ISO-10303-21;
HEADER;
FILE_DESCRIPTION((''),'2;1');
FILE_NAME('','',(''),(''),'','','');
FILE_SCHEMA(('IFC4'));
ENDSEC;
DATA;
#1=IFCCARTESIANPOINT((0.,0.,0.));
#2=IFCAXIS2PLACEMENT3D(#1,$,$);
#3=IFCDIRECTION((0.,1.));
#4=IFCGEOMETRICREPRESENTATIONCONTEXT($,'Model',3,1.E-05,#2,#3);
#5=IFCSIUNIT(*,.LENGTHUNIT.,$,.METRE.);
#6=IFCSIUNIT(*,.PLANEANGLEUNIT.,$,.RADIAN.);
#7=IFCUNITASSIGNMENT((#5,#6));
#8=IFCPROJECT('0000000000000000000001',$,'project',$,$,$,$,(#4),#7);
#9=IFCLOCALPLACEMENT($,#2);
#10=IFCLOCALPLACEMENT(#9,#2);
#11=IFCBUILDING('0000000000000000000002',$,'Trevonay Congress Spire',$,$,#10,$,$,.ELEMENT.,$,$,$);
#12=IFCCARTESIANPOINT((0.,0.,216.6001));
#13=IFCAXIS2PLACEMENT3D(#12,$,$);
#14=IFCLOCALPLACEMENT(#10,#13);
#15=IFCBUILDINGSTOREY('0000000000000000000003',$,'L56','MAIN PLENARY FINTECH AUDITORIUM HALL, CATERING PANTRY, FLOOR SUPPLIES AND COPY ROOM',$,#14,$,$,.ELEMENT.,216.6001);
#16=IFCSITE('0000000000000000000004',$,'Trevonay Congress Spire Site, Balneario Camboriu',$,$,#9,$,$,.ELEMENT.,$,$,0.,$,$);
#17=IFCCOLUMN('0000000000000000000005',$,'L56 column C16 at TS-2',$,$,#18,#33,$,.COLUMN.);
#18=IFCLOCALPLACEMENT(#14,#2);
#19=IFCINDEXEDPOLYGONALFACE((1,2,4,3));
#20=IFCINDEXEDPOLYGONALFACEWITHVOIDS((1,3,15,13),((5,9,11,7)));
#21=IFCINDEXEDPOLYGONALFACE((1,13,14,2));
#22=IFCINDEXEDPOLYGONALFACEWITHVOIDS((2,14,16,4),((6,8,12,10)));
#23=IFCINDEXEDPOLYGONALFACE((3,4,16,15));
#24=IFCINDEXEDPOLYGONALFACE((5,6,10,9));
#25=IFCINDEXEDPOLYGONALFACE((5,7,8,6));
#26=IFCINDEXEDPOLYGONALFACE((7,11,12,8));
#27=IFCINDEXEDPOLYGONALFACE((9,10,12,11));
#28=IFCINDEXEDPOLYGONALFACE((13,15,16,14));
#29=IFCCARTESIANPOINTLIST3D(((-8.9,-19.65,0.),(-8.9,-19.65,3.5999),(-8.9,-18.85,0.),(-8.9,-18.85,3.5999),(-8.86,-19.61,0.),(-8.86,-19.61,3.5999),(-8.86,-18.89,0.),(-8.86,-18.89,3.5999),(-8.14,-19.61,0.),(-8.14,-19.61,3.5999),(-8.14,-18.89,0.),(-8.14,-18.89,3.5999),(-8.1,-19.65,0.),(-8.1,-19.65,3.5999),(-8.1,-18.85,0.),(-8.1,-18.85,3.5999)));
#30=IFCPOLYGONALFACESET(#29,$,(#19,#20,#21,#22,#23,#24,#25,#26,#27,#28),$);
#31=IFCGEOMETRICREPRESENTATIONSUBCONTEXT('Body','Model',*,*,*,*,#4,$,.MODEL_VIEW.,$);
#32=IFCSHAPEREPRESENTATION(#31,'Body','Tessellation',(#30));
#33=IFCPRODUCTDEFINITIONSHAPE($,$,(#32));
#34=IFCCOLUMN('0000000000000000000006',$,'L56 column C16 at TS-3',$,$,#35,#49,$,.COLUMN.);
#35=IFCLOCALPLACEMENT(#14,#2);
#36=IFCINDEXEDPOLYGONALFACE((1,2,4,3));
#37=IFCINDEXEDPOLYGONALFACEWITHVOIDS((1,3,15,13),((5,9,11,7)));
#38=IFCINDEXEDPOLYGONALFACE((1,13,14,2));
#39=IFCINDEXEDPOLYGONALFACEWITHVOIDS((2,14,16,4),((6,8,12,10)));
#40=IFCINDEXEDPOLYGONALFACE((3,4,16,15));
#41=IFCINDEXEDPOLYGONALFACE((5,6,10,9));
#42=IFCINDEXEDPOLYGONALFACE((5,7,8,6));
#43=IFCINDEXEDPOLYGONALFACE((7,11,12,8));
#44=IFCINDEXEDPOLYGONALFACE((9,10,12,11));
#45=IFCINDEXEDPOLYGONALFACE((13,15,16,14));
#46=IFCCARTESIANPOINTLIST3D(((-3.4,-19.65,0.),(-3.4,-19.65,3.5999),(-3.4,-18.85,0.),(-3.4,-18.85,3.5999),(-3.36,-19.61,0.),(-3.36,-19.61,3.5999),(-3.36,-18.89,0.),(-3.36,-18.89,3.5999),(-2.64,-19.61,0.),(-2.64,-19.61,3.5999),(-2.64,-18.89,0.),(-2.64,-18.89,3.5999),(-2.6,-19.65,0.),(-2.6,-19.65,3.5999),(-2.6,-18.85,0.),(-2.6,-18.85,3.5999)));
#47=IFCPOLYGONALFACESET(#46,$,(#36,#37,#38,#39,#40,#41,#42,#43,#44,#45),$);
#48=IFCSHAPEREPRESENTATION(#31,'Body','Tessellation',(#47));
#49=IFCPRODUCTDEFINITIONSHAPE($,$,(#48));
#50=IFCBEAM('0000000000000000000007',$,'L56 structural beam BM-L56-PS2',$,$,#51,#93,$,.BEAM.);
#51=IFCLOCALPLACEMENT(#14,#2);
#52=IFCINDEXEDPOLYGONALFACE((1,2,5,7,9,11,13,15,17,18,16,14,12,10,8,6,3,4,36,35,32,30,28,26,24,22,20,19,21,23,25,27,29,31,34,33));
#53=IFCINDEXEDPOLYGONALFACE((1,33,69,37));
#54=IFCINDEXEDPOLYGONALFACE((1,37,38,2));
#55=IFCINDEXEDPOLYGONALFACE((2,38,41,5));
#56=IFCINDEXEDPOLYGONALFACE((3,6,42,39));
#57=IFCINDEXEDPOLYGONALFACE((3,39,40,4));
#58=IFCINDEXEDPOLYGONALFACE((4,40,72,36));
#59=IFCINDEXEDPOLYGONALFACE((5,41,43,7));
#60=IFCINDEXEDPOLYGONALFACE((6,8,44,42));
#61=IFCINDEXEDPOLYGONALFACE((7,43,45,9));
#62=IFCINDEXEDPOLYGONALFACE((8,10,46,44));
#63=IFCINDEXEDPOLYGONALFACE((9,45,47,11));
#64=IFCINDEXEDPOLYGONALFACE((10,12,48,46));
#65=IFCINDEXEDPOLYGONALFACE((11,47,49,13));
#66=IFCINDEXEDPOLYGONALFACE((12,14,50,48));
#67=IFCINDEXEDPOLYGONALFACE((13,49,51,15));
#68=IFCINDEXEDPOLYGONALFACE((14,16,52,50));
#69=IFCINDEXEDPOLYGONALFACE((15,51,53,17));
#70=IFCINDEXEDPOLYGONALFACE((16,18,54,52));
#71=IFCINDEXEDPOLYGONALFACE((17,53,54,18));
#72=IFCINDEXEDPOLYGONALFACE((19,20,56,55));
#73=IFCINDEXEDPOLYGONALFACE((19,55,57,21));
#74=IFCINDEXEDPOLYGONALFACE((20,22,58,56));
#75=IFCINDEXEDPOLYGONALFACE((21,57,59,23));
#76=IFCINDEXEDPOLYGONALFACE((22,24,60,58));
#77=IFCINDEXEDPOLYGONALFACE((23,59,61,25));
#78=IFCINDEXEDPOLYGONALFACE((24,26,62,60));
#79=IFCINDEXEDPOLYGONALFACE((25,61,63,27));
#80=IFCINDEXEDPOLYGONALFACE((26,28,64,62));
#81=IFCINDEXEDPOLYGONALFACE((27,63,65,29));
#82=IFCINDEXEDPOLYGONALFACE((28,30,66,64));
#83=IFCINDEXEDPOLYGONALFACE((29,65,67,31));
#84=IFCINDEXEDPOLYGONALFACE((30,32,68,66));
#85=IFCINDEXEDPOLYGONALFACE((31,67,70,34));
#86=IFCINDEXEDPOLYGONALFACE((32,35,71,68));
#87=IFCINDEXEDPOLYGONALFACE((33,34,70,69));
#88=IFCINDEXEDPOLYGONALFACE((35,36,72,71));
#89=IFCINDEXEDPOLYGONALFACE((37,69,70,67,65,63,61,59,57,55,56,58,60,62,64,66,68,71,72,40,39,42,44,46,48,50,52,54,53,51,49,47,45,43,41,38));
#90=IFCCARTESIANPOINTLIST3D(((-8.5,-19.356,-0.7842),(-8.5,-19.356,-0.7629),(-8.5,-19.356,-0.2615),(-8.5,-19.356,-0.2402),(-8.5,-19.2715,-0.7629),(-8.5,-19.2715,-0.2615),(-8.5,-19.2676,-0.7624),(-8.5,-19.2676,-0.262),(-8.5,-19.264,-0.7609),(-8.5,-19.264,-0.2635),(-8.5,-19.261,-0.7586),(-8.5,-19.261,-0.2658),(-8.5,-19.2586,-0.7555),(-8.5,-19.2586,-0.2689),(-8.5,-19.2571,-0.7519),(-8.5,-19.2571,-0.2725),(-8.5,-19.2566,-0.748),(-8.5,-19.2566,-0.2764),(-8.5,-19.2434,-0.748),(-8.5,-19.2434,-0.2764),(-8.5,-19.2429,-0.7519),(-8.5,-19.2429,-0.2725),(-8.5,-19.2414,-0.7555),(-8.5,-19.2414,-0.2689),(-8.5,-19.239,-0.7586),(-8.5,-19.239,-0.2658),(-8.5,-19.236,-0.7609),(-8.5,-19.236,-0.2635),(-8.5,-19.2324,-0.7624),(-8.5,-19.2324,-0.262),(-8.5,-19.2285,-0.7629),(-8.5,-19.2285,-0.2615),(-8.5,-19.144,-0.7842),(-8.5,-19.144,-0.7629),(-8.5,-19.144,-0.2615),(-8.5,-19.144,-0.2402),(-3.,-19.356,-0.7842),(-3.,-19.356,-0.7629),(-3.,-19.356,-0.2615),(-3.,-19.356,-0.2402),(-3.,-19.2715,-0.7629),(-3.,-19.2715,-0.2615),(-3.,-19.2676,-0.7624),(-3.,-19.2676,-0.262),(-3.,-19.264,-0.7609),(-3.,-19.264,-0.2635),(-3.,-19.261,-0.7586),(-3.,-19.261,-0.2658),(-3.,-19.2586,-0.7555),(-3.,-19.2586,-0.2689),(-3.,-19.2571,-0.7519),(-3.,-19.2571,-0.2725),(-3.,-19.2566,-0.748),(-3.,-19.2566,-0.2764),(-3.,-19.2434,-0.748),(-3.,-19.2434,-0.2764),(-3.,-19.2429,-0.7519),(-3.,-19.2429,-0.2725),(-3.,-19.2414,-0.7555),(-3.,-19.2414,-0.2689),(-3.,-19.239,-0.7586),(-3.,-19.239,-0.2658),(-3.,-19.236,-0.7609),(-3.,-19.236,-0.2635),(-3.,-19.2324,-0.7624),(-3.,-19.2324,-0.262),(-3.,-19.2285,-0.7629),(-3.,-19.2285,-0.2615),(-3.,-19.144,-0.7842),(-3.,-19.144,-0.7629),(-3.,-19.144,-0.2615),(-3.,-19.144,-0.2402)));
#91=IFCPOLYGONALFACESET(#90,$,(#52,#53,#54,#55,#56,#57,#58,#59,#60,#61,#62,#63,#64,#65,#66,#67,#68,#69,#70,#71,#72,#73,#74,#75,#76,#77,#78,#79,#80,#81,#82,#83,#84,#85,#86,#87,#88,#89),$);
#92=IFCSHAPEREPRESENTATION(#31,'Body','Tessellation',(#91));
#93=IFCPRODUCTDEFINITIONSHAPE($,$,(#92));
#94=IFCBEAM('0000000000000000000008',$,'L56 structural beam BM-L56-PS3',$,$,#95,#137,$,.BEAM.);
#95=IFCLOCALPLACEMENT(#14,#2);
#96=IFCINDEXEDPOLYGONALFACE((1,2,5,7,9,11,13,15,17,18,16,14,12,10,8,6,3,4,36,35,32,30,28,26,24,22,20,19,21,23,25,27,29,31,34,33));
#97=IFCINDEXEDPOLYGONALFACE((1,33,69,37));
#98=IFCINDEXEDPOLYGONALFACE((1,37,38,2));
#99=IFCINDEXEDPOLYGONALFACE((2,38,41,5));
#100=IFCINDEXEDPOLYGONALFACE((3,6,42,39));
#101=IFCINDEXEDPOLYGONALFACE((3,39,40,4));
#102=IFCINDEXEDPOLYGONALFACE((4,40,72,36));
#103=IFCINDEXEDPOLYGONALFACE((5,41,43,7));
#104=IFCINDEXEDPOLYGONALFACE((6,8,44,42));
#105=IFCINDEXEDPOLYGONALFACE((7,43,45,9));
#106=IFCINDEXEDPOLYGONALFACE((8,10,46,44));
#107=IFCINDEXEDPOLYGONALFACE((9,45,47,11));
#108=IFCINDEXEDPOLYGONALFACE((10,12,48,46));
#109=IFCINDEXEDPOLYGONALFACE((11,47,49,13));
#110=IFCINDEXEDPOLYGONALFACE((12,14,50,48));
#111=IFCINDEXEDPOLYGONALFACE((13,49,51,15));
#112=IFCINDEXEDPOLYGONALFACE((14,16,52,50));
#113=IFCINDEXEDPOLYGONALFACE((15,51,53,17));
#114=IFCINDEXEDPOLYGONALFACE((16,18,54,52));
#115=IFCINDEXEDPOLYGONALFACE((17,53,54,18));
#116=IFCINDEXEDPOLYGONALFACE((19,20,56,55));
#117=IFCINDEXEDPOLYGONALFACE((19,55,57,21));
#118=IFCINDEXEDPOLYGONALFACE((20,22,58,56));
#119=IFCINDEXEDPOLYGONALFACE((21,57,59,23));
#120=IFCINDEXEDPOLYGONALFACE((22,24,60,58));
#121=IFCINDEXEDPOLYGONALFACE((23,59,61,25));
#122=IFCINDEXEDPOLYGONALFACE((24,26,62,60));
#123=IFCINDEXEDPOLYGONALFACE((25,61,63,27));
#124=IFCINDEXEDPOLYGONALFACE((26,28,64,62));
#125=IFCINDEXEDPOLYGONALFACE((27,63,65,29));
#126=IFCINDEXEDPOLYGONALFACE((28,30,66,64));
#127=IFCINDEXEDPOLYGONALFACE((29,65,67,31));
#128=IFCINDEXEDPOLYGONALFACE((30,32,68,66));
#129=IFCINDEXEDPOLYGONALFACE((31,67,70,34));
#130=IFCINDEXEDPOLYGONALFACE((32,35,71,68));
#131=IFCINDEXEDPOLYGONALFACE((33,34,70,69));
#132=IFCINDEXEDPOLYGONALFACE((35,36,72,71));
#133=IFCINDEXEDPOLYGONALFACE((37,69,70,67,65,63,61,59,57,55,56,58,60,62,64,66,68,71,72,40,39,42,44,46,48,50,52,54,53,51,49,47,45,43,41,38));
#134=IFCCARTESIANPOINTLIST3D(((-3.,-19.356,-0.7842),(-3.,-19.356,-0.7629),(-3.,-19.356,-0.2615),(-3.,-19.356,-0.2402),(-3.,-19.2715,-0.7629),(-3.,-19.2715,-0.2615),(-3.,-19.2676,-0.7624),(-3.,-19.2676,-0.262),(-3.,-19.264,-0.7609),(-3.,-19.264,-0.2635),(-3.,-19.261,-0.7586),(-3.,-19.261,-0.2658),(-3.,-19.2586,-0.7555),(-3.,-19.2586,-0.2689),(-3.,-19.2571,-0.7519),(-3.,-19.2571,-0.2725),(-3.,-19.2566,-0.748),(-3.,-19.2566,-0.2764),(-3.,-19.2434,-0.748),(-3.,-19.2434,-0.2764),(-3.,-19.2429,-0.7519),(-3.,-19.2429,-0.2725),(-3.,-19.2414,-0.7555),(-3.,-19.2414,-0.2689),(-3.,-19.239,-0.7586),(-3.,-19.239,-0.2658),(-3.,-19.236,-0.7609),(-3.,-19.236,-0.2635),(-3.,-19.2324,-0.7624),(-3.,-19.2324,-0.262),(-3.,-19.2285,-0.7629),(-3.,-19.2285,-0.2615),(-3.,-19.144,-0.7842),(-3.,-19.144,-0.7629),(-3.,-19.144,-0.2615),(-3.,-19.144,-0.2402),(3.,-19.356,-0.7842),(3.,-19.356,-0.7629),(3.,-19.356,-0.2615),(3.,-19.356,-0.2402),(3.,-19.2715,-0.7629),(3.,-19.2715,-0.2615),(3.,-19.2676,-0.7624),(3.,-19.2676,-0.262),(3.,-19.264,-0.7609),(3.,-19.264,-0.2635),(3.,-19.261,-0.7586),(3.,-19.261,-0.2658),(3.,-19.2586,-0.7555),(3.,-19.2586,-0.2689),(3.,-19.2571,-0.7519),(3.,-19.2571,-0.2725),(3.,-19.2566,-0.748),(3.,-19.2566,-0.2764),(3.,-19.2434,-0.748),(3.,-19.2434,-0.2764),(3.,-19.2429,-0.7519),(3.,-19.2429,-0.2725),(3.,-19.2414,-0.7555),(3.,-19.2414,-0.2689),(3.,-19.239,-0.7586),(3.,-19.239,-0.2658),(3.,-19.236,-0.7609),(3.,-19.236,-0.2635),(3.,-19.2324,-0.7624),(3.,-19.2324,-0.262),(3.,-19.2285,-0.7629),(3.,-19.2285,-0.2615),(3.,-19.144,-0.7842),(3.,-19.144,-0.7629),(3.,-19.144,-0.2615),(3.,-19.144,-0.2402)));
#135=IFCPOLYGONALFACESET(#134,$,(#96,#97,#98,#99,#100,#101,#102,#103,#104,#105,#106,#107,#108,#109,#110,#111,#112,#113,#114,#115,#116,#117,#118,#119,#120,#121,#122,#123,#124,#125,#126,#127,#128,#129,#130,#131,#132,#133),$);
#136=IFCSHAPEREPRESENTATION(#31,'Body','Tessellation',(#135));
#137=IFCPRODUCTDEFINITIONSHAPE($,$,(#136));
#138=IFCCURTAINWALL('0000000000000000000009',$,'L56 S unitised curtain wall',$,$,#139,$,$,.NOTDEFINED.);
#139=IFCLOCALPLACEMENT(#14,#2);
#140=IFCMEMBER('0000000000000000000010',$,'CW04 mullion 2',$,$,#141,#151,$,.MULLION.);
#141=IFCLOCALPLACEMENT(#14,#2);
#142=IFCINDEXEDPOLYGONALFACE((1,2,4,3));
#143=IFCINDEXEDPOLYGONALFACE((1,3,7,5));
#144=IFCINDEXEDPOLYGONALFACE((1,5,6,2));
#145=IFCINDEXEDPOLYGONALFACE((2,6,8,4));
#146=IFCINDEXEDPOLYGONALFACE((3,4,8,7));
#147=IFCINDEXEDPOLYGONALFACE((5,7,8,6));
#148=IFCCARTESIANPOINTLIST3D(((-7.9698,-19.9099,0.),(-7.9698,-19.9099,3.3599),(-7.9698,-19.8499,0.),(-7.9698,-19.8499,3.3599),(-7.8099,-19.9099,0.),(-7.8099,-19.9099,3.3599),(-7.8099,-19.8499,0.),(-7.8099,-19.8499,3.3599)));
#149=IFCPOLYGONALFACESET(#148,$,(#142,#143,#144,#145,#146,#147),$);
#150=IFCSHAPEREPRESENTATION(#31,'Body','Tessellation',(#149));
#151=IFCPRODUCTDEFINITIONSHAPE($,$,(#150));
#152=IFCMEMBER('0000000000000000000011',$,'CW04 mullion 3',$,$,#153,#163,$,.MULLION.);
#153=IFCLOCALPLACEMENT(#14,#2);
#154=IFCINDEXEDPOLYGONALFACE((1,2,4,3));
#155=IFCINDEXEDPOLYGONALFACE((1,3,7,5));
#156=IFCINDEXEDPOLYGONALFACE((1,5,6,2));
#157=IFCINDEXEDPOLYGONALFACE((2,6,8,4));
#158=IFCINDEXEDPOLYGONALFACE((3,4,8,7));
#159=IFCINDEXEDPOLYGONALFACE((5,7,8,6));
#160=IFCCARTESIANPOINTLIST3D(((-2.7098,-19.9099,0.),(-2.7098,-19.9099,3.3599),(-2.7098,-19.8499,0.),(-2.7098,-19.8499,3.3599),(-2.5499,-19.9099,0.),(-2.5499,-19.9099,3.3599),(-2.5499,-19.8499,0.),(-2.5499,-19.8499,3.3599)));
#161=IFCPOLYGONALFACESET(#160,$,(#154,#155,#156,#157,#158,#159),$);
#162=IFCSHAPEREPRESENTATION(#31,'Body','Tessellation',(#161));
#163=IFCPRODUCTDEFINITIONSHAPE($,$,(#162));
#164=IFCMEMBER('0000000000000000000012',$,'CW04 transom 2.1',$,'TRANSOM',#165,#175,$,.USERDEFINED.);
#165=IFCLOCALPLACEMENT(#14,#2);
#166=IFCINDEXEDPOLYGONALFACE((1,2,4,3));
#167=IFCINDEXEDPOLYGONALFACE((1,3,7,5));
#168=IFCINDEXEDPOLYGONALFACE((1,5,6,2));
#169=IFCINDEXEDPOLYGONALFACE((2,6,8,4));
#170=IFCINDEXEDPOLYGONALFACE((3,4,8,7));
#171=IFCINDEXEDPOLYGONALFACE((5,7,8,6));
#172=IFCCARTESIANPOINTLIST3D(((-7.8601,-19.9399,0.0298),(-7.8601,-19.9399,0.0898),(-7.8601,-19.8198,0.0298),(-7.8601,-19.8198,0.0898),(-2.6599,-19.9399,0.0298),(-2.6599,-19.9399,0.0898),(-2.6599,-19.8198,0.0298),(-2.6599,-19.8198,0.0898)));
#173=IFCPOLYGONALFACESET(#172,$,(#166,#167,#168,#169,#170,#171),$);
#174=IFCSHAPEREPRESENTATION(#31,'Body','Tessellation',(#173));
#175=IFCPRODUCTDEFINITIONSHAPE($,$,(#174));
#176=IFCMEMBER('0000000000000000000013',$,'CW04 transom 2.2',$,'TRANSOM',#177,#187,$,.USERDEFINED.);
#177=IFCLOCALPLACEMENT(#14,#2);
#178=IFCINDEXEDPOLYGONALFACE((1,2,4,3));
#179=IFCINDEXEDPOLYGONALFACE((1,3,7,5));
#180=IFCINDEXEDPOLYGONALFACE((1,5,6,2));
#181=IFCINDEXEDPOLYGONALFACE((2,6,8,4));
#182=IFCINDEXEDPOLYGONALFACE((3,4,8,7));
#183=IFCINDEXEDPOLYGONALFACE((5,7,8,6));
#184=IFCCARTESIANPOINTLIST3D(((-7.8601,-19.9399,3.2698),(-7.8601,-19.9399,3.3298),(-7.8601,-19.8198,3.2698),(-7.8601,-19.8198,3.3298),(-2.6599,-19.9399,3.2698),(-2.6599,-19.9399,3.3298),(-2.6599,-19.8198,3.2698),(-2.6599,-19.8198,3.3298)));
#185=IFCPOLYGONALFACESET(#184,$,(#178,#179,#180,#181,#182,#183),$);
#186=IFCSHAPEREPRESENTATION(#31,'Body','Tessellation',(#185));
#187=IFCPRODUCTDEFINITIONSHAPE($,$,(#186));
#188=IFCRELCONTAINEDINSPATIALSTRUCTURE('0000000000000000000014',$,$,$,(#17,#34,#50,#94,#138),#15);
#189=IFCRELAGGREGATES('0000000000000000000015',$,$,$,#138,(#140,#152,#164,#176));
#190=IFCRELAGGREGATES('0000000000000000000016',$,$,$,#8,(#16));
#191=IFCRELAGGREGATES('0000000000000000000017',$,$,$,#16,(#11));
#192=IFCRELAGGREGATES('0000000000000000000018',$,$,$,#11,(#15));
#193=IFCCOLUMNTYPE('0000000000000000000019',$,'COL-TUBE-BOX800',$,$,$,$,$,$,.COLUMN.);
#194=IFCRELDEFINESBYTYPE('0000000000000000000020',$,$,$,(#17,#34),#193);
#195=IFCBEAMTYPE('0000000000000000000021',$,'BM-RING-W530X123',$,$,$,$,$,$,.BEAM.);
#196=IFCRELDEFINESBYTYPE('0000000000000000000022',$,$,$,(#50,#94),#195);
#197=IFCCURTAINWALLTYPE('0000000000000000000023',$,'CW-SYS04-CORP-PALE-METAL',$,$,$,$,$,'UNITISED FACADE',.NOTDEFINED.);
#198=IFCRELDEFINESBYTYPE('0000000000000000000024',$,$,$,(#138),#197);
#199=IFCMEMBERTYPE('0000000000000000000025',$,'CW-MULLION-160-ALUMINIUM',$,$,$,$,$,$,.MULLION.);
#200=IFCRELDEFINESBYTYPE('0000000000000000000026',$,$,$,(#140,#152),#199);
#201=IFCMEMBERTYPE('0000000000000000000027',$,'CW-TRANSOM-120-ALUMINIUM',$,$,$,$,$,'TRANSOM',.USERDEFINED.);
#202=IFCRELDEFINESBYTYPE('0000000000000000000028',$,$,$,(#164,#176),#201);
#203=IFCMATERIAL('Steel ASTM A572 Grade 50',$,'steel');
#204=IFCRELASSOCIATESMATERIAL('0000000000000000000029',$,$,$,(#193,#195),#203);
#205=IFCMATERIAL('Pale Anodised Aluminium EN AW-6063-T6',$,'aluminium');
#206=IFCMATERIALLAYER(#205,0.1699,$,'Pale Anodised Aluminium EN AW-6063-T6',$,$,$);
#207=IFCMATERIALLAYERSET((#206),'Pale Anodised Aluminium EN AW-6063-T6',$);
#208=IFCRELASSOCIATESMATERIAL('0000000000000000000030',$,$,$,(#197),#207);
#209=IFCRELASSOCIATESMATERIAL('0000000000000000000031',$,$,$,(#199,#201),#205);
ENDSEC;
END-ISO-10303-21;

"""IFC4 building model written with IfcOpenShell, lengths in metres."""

from ifc_helpers import new_model, si_unit, direction, frame, origin, origin_2d, place, context, subcontext, project, spatial, rectangle, hollow_rectangle, i_section, extrude, material, layer, layer_set, material_profile, profile_set, type_object, element, aggregate, save


model = new_model("IFC4")

# Units and contexts
model_context = context("Model", 3, precision=1e-05, world=origin(), true_north=direction((0.0, 1.0)))
body_context = subcontext(model_context, "Body", "Model", "MODEL_VIEW")
ifc_project = project(units=[si_unit("LENGTHUNIT", "METRE"), si_unit("PLANEANGLEUNIT", "RADIAN")], contexts=[model_context])

# Site, building, storey
site_placement = place(None, origin())
site = spatial("IfcSite", under=ifc_project, at=site_placement, Name="Trevonay Congress Spire Site, Balneario Camboriu", CompositionType="ELEMENT", RefElevation=0.0)
building_placement = place(site_placement, origin())
building = spatial("IfcBuilding", under=site, at=building_placement, Name="Trevonay Congress Spire", CompositionType="ELEMENT")
storey_placement = place(building_placement, frame((0.0, 0.0, 216.6001)))
storey = spatial("IfcBuildingStorey", under=building, at=storey_placement, Name="L56", Description="MAIN PLENARY FINTECH AUDITORIUM HALL, CATERING PANTRY, FLOOR SUPPLIES AND COPY ROOM", CompositionType="ELEMENT", Elevation=216.6001)

# Columns
ifc_material_1 = material(Name="Steel ASTM A572 Grade 50", Category="steel")
ifc_material_profile_1 = material_profile(ifc_material_1, hollow_rectangle(XDim=0.8, YDim=0.8, WallThickness=0.04, at=origin_2d()), Name="BOX 800x800x40")
ifc_profile_set_1 = profile_set([ifc_material_profile_1], Name="Steel ASTM A572 Grade 50")
column_type = type_object("IfcColumnType", Name="COL-TUBE-BOX800", PredefinedType="COLUMN", material=ifc_profile_set_1)
for number, where, z_axis, x_axis, name in (
    (1, (-8.5, -19.25, 0.0), (0.0, 0.0, 1.0), (1.0, 0.0, 0.0), "L56 column C16 at TS-2"),
    (2, (-3.0, -19.25, 0.0), (0.0, 0.0, 1.0), (1.0, 0.0, 0.0), "L56 column C16 at TS-3"),
):
    element("IfcColumn", number, at=place(storey_placement, frame(where, z_axis=z_axis, x_axis=x_axis)), inside=storey, type_object=column_type, Name=name, PredefinedType="COLUMN", context=body_context, shape_type="SweptSolid", body=[
        extrude(hollow_rectangle(XDim=0.8, YDim=0.8, WallThickness=0.04, at=origin_2d()), origin(), (0.0, 0.0, 1.0), 3.5999),
    ])

# Beams
ifc_material_profile_2 = material_profile(ifc_material_1, i_section(OverallWidth=0.2119, OverallDepth=0.5439, WebThickness=0.0132, FlangeThickness=0.0212, FilletRadius=0.0149, at=origin_2d()), Name="W530x123")
ifc_profile_set_2 = profile_set([ifc_material_profile_2], Name="Steel ASTM A572 Grade 50")
beam_type = type_object("IfcBeamType", Name="BM-RING-W530X123", PredefinedType="BEAM", material=ifc_profile_set_2)
beam_1_placement = place(storey_placement, frame((-8.5, -19.25, -0.5122), z_axis=(1.0, 0.0, 0.0), x_axis=(0.0, 1.0, 0.0)))
element("IfcBeam", 3, at=beam_1_placement, inside=storey, type_object=beam_type, Name="L56 structural beam BM-L56-PS2", PredefinedType="BEAM", context=body_context, shape_type="SweptSolid", body=[
    extrude(i_section(OverallWidth=0.2119, OverallDepth=0.5439, WebThickness=0.0132, FlangeThickness=0.0212, FilletRadius=0.0149, at=origin_2d()), origin(), (0.0, 0.0, 1.0), 5.5),
])
beam_2_placement = place(storey_placement, frame((-3.0, -19.25, -0.5122), z_axis=(1.0, 0.0, 0.0), x_axis=(0.0, 1.0, 0.0)))
element("IfcBeam", 4, at=beam_2_placement, inside=storey, type_object=beam_type, Name="L56 structural beam BM-L56-PS3", PredefinedType="BEAM", context=body_context, shape_type="SweptSolid", body=[
    extrude(i_section(OverallWidth=0.2119, OverallDepth=0.5439, WebThickness=0.0132, FlangeThickness=0.0212, FilletRadius=0.0149, at=origin_2d()), origin(), (0.0, 0.0, 1.0), 6.0),
])

# Curtain wall, members
ifc_material_2 = material(Name="Pale Anodised Aluminium EN AW-6063-T6", Category="aluminium")
ifc_layer_1 = layer(ifc_material_2, 0.1699, Name="Pale Anodised Aluminium EN AW-6063-T6")
ifc_layer_set_1 = layer_set([ifc_layer_1], Name="Pale Anodised Aluminium EN AW-6063-T6")
curtain_wall_type = type_object("IfcCurtainWallType", Name="CW-SYS04-CORP-PALE-METAL", ElementType="UNITISED FACADE", PredefinedType="NOTDEFINED", material=ifc_layer_set_1)
curtain_wall_placement = place(storey_placement, origin())
curtain_wall = element("IfcCurtainWall", 5, at=curtain_wall_placement, inside=storey, type_object=curtain_wall_type, Name="L56 S unitised curtain wall", PredefinedType="NOTDEFINED")
ifc_material_profile_3 = material_profile(ifc_material_2, rectangle(XDim=0.0601, YDim=0.1599, at=origin_2d()), Name="CW-MULLION-160-ALUMINIUM")
ifc_profile_set_3 = profile_set([ifc_material_profile_3], Name="Pale Anodised Aluminium EN AW-6063-T6")
member_type_1 = type_object("IfcMemberType", Name="CW-MULLION-160-ALUMINIUM", PredefinedType="MULLION", material=ifc_profile_set_3)
member_1_placement = place(storey_placement, frame((-7.8899, -19.8799, 0.0), z_axis=(0.0, 0.0, 1.0), x_axis=(0.0, 1.0, 0.0)))
member_1 = element("IfcMember", 6, at=member_1_placement, type_object=member_type_1, Name="CW04 mullion 2", PredefinedType="MULLION", context=body_context, shape_type="SweptSolid", body=[
    extrude(rectangle(XDim=0.0601, YDim=0.1599, at=origin_2d()), origin(), (0.0, 0.0, 1.0), 3.3599),
])
member_2_placement = place(storey_placement, frame((-2.6299, -19.8799, 0.0), z_axis=(0.0, 0.0, 1.0), x_axis=(0.0, 1.0, 0.0)))
member_2 = element("IfcMember", 7, at=member_2_placement, type_object=member_type_1, Name="CW04 mullion 3", PredefinedType="MULLION", context=body_context, shape_type="SweptSolid", body=[
    extrude(rectangle(XDim=0.0601, YDim=0.1599, at=origin_2d()), origin(), (0.0, 0.0, 1.0), 3.3599),
])
ifc_material_profile_4 = material_profile(ifc_material_2, rectangle(XDim=0.1201, YDim=0.0601, at=origin_2d()), Name="CW-TRANSOM-120-ALUMINIUM")
ifc_profile_set_4 = profile_set([ifc_material_profile_4], Name="Pale Anodised Aluminium EN AW-6063-T6")
member_type_2 = type_object("IfcMemberType", Name="CW-TRANSOM-120-ALUMINIUM", ElementType="TRANSOM", PredefinedType="USERDEFINED", material=ifc_profile_set_4)
member_3_placement = place(storey_placement, frame((-7.8601, -19.8799, 0.0598), z_axis=(1.0, 0.0, 0.0), x_axis=(0.0, 1.0, 0.0)))
member_3 = element("IfcMember", 8, at=member_3_placement, type_object=member_type_2, Name="CW04 transom 2.1", ObjectType="TRANSOM", PredefinedType="USERDEFINED", context=body_context, shape_type="SweptSolid", body=[
    extrude(rectangle(XDim=0.1201, YDim=0.0601, at=origin_2d()), origin(), (0.0, 0.0, 1.0), 5.2002),
])
member_4_placement = place(storey_placement, frame((-7.8601, -19.8799, 3.2998), z_axis=(1.0, 0.0, 0.0), x_axis=(0.0, 1.0, 0.0)))
member_4 = element("IfcMember", 9, at=member_4_placement, type_object=member_type_2, Name="CW04 transom 2.2", ObjectType="TRANSOM", PredefinedType="USERDEFINED", context=body_context, shape_type="SweptSolid", body=[
    extrude(rectangle(XDim=0.1201, YDim=0.0601, at=origin_2d()), origin(), (0.0, 0.0, 1.0), 5.2002),
])
aggregate(curtain_wall, [member_1, member_2, member_3, member_4])

save(model, "model.ifc")
